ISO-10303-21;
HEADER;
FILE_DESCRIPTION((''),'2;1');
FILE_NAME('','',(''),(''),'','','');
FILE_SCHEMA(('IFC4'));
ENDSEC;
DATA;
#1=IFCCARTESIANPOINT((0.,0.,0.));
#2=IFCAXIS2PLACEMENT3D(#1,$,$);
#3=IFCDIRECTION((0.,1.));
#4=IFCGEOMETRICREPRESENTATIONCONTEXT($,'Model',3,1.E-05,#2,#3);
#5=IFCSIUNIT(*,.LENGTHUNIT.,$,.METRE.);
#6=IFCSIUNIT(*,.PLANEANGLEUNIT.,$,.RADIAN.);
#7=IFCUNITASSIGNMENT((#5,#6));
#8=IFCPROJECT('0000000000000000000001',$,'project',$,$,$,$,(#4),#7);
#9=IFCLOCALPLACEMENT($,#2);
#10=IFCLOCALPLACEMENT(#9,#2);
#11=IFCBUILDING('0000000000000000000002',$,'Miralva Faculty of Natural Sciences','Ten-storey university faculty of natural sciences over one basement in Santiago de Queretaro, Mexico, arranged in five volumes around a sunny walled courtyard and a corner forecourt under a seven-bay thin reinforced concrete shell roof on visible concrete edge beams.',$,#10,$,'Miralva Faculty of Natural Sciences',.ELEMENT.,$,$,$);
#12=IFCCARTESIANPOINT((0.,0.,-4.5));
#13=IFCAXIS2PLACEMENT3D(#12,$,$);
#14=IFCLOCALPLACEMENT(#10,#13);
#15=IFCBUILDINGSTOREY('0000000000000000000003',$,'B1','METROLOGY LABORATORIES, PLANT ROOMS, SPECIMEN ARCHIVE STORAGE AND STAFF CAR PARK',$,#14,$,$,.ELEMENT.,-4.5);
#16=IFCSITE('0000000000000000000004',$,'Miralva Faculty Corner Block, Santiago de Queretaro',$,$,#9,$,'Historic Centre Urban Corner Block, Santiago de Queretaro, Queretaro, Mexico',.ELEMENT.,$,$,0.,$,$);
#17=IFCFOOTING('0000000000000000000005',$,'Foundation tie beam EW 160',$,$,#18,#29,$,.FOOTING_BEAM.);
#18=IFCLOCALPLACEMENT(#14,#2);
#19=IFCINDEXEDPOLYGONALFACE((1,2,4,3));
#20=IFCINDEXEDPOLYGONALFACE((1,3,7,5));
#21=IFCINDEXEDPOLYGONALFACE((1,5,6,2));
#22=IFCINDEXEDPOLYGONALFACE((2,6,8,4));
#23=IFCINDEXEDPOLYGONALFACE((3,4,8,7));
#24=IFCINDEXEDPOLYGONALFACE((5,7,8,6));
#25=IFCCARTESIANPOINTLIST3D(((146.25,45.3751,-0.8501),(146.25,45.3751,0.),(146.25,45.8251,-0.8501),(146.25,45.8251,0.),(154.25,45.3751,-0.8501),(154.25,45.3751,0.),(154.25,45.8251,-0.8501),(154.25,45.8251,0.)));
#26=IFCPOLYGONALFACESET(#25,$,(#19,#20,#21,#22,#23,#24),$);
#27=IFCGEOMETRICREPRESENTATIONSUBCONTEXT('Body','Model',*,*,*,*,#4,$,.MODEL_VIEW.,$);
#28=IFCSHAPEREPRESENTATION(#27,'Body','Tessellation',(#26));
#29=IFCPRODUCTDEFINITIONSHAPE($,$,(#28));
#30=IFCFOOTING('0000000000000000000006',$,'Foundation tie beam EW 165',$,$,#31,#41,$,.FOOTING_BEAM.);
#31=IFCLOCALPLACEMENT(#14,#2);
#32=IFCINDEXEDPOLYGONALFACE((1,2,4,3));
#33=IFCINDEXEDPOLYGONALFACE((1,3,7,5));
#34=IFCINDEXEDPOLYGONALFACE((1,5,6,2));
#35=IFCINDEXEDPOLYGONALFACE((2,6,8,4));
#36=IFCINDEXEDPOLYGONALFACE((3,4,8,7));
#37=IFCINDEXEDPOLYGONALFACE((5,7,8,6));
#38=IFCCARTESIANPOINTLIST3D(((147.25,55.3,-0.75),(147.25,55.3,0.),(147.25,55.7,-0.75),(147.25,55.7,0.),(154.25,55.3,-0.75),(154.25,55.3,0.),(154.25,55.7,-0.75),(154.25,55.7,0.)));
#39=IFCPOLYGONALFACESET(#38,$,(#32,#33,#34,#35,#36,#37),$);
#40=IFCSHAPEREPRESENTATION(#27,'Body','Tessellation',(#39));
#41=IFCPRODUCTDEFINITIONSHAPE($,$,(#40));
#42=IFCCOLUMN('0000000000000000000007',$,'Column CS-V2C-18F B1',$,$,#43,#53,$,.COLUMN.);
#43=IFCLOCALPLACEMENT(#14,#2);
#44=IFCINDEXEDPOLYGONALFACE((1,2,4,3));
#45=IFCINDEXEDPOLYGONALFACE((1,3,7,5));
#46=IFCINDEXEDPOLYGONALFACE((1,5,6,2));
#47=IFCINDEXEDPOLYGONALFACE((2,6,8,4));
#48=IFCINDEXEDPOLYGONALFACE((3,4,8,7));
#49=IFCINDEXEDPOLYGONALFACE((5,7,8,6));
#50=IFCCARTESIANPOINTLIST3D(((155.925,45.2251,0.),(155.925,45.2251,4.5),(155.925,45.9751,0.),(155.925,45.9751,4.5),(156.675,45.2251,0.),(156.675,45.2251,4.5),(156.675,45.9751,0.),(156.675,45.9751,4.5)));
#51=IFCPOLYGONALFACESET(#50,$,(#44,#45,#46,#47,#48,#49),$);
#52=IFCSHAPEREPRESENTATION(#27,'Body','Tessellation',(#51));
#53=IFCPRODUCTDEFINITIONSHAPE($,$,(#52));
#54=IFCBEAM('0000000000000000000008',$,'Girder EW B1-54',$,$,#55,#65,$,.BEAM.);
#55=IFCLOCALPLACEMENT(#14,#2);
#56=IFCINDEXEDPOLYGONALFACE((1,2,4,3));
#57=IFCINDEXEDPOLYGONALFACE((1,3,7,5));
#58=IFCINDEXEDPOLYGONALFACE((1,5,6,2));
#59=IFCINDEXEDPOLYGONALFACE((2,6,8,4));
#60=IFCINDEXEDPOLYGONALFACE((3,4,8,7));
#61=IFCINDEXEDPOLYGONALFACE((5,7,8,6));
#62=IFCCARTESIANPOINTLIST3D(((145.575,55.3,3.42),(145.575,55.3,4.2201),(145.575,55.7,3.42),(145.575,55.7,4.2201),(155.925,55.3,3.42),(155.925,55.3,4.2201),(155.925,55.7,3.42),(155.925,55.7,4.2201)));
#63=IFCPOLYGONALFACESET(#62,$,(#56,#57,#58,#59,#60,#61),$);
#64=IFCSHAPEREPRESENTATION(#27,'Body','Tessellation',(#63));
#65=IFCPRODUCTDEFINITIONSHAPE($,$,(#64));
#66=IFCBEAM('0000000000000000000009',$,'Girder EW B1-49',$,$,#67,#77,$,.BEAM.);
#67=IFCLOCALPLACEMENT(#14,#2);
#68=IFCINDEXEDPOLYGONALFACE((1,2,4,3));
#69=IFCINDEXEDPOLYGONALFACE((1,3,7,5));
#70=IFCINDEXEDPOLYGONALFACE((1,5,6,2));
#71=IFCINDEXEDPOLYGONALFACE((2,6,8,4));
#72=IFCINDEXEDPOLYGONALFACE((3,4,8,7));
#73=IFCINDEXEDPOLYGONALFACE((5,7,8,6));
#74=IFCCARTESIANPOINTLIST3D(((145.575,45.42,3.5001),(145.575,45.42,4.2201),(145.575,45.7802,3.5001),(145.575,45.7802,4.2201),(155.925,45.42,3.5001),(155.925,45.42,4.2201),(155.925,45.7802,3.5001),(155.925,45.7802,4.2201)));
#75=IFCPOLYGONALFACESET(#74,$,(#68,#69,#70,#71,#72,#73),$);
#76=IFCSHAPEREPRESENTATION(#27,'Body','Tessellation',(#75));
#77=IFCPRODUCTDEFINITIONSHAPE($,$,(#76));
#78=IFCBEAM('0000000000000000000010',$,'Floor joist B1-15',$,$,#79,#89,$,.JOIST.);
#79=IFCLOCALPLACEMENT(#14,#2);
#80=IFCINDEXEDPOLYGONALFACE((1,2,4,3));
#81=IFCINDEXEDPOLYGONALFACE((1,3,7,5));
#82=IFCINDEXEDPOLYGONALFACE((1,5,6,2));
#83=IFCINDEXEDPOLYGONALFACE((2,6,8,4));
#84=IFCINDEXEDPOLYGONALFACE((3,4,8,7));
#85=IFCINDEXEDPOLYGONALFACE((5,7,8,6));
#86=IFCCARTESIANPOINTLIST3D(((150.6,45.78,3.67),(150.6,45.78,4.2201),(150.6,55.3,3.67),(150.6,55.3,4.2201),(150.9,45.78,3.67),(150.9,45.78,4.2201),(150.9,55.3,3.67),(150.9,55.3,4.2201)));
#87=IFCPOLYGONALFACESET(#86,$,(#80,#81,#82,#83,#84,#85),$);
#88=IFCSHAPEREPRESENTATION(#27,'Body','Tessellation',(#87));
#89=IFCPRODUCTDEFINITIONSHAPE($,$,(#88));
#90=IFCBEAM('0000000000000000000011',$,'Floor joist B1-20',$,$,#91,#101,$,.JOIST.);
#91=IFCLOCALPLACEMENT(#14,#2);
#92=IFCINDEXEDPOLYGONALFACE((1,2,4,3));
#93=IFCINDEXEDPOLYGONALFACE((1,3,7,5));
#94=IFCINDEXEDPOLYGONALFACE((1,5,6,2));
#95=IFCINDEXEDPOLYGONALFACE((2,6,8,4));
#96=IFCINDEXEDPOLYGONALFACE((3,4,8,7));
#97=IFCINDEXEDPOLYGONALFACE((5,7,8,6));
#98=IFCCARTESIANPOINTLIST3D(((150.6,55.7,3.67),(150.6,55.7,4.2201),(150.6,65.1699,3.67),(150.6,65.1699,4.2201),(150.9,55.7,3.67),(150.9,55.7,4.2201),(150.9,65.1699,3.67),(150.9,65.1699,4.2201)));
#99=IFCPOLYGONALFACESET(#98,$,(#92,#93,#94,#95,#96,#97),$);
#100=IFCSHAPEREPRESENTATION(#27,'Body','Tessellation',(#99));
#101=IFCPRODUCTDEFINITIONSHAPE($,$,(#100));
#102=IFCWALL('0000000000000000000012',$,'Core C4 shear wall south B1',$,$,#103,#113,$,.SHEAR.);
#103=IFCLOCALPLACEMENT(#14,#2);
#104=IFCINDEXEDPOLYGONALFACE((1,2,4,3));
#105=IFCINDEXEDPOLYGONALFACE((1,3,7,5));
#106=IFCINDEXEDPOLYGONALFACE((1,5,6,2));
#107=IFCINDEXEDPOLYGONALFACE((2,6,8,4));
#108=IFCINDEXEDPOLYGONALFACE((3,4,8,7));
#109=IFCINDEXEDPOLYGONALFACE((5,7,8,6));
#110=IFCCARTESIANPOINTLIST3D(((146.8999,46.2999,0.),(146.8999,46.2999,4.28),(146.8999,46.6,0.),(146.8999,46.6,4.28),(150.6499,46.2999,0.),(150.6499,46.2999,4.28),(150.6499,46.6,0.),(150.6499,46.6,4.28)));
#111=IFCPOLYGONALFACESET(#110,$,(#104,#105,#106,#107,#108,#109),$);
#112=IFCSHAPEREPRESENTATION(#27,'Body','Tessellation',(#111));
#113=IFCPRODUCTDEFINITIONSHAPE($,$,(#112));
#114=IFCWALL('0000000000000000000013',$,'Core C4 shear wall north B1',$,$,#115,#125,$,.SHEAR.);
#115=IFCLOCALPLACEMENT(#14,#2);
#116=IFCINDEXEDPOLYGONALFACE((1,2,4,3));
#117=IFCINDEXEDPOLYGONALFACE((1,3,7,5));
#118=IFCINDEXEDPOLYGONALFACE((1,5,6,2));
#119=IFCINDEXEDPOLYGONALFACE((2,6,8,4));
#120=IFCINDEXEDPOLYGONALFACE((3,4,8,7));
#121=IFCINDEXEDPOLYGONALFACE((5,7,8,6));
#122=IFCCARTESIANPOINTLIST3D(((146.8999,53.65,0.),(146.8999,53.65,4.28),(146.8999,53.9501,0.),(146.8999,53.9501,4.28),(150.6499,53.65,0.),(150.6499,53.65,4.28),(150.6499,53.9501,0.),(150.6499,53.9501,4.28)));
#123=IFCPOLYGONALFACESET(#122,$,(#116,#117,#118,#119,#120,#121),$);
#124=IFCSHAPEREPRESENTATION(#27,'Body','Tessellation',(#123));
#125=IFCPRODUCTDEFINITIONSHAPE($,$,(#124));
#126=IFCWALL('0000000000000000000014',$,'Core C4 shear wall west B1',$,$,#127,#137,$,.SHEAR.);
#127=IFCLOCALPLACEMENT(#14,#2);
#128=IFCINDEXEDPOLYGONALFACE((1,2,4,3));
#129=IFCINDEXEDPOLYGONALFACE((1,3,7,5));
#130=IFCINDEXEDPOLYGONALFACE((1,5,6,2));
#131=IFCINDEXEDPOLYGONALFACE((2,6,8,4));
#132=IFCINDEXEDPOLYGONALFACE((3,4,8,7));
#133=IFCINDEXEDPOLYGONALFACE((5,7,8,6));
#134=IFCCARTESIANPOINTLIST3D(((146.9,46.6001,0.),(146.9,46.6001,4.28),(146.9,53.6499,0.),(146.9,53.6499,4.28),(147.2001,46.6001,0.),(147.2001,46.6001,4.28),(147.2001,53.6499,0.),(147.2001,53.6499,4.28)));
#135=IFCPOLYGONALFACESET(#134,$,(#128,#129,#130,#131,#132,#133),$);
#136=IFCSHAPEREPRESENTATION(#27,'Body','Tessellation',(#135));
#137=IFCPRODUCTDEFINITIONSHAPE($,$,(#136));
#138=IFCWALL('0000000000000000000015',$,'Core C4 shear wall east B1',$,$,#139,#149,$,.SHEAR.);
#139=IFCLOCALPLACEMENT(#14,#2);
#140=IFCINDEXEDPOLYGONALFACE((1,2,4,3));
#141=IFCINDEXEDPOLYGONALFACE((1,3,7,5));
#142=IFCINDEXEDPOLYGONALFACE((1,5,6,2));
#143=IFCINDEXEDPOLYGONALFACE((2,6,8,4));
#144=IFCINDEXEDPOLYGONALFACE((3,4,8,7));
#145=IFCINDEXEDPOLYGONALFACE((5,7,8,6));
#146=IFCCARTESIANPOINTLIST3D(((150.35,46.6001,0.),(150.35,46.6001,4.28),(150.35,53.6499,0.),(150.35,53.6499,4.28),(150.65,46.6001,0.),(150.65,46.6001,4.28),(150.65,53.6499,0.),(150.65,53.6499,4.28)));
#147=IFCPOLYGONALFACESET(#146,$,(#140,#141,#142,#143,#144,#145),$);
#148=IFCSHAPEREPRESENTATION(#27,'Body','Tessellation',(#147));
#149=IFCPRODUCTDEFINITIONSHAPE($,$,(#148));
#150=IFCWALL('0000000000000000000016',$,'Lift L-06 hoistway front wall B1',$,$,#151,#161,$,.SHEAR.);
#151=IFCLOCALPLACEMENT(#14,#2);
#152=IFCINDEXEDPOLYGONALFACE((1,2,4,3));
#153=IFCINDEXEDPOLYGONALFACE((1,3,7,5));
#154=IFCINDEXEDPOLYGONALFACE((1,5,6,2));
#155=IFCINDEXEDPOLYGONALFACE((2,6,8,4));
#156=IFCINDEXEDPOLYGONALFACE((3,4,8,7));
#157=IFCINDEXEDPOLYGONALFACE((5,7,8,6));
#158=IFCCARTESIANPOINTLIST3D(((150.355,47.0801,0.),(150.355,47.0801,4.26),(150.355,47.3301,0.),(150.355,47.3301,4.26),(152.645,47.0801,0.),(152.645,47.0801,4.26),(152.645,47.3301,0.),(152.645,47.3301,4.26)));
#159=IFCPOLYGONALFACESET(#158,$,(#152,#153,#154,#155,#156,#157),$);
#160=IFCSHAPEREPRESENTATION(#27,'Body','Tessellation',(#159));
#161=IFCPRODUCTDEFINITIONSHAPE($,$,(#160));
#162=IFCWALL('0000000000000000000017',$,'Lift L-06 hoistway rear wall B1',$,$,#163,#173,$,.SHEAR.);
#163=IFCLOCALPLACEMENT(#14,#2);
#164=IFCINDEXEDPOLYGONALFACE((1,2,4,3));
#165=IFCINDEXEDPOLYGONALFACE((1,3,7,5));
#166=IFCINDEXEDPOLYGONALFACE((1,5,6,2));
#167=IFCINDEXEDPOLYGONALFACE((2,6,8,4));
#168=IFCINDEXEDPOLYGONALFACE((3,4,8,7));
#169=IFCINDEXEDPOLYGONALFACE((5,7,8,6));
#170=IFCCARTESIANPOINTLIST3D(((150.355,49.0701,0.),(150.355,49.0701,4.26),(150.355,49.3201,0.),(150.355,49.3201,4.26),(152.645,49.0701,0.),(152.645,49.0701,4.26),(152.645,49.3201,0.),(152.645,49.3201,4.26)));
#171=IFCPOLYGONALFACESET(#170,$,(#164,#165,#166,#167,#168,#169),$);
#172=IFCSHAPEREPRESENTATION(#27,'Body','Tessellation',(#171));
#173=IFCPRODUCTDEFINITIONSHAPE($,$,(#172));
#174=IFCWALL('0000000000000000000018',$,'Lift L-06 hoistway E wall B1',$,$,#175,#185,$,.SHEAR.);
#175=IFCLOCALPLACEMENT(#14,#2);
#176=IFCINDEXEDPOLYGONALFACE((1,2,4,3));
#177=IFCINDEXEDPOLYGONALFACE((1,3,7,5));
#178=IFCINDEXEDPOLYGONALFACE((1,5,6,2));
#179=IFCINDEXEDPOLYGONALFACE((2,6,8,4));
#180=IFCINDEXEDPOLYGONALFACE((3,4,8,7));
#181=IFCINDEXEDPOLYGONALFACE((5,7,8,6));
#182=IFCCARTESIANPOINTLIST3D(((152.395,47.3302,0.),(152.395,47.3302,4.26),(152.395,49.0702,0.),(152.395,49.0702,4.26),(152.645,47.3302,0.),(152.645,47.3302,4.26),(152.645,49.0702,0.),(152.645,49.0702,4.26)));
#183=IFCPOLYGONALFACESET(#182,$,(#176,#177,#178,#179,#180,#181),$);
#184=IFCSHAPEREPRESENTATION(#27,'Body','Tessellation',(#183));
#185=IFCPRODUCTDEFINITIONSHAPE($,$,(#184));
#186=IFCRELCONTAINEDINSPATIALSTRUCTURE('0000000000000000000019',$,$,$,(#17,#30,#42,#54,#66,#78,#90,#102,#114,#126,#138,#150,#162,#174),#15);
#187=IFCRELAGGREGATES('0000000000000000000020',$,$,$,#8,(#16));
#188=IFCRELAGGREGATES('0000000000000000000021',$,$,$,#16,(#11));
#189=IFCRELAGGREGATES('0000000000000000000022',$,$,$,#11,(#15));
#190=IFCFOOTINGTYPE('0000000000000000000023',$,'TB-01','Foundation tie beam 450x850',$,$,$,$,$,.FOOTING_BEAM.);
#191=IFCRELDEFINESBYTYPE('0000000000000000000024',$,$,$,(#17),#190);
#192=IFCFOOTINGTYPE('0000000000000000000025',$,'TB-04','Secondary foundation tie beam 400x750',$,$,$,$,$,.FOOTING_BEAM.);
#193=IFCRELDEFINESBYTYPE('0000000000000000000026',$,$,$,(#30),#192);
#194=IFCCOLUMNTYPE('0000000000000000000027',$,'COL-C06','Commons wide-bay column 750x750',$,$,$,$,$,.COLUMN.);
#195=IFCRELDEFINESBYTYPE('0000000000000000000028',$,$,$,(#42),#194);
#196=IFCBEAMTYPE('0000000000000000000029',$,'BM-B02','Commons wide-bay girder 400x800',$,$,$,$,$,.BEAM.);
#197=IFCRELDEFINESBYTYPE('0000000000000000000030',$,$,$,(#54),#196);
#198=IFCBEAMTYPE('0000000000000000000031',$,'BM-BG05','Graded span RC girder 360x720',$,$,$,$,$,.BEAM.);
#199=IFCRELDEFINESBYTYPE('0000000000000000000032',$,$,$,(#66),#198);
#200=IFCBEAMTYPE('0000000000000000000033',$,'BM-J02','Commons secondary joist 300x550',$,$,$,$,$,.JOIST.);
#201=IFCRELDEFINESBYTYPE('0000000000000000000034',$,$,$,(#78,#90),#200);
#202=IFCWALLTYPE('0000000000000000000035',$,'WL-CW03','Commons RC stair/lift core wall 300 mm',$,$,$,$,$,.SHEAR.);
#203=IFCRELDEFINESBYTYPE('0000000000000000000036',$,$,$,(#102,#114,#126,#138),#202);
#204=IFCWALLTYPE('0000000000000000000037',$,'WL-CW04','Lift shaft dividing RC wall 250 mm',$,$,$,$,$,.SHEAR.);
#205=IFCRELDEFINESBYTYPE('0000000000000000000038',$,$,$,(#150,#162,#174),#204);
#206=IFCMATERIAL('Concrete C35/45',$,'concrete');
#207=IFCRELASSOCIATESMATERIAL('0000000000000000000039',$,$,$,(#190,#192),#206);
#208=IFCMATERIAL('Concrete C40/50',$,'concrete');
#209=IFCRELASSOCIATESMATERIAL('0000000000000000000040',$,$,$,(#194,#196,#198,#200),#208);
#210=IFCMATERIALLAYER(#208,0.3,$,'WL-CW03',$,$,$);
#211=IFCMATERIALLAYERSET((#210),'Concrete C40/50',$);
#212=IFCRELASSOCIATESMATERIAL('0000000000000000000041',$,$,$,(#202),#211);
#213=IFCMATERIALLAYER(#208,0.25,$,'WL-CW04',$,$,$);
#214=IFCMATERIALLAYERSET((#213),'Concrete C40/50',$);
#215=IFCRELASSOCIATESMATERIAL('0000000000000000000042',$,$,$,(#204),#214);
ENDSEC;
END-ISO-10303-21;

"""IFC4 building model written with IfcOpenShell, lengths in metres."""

from ifc_helpers import new_model, si_unit, direction, frame, frame_2d, origin, origin_2d, place, context, subcontext, project, spatial, rectangle, extrude, material, layer, layer_set, material_profile, profile_set, type_object, element, save


model = new_model("IFC4")

# Units and contexts
model_context = context("Model", 3, precision=1e-05, world=origin(), true_north=direction((0.0, 1.0)))
body_context = subcontext(model_context, "Body", "Model", "MODEL_VIEW")
ifc_project = project(units=[si_unit("LENGTHUNIT", "METRE"), si_unit("PLANEANGLEUNIT", "RADIAN")], contexts=[model_context])

# Site, building, storey
site_placement = place(None, origin())
site = spatial("IfcSite", under=ifc_project, at=site_placement, Name="Miralva Faculty Corner Block, Santiago de Queretaro", LongName="Historic Centre Urban Corner Block, Santiago de Queretaro, Queretaro, Mexico", CompositionType="ELEMENT", RefElevation=0.0)
building_placement = place(site_placement, origin())
building = spatial("IfcBuilding", under=site, at=building_placement, Name="Miralva Faculty of Natural Sciences", Description="Ten-storey university faculty of natural sciences over one basement in Santiago de Queretaro, Mexico, arranged in five volumes around a sunny walled courtyard and a corner forecourt under a seven-bay thin reinforced concrete shell roof on visible concrete edge beams.", LongName="Miralva Faculty of Natural Sciences", CompositionType="ELEMENT")
storey_placement = place(building_placement, frame((0.0, 0.0, -4.5)))
storey = spatial("IfcBuildingStorey", under=building, at=storey_placement, Name="B1", Description="METROLOGY LABORATORIES, PLANT ROOMS, SPECIMEN ARCHIVE STORAGE AND STAFF CAR PARK", CompositionType="ELEMENT", Elevation=-4.5)

# Shared definitions
ifc_material_1 = material(Name="Concrete C35/45", Category="concrete")
ifc_material_2 = material(Name="Concrete C40/50", Category="concrete")

# Footings
ifc_material_profile_1 = material_profile(ifc_material_1, rectangle(XDim=0.45, YDim=0.8501, at=origin_2d()), Name="RC 450x850")
ifc_profile_set_1 = profile_set([ifc_material_profile_1], Name="Concrete C35/45")
footing_type_1 = type_object("IfcFootingType", Name="TB-01", Description="Foundation tie beam 450x850", PredefinedType="FOOTING_BEAM", material=ifc_profile_set_1)
footing_1_placement = place(storey_placement, frame((146.25, 45.6001, -0.425), z_axis=(1.0, 0.0, 0.0), x_axis=(0.0, 1.0, 0.0)))
element("IfcFooting", 1, at=footing_1_placement, inside=storey, type_object=footing_type_1, Name="Foundation tie beam EW 160", PredefinedType="FOOTING_BEAM", context=body_context, shape_type="SweptSolid", body=[
    extrude(rectangle(XDim=0.45, YDim=0.8501, at=origin_2d()), origin(), (0.0, 0.0, 1.0), 8.0),
])
ifc_material_profile_2 = material_profile(ifc_material_1, rectangle(XDim=0.3999, YDim=0.75, at=origin_2d()), Name="RC 400x750")
ifc_profile_set_2 = profile_set([ifc_material_profile_2], Name="Concrete C35/45")
footing_type_2 = type_object("IfcFootingType", Name="TB-04", Description="Secondary foundation tie beam 400x750", PredefinedType="FOOTING_BEAM", material=ifc_profile_set_2)
footing_2_placement = place(storey_placement, frame((147.25, 55.5, -0.375), z_axis=(1.0, 0.0, 0.0), x_axis=(0.0, 1.0, 0.0)))
element("IfcFooting", 2, at=footing_2_placement, inside=storey, type_object=footing_type_2, Name="Foundation tie beam EW 165", PredefinedType="FOOTING_BEAM", context=body_context, shape_type="SweptSolid", body=[
    extrude(rectangle(XDim=0.3999, YDim=0.75, at=origin_2d()), origin(), (0.0, 0.0, 1.0), 7.0),
])

# Column
ifc_material_profile_3 = material_profile(ifc_material_2, rectangle(XDim=0.75, YDim=0.75, at=origin_2d()), Name="RC 750x750")
ifc_profile_set_3 = profile_set([ifc_material_profile_3], Name="Concrete C40/50")
column_type = type_object("IfcColumnType", Name="COL-C06", Description="Commons wide-bay column 750x750", PredefinedType="COLUMN", material=ifc_profile_set_3)
column_placement = place(storey_placement, frame((156.3, 45.6001, 0.0), z_axis=(0.0, 0.0, 1.0), x_axis=(1.0, 0.0, 0.0)))
element("IfcColumn", 3, at=column_placement, inside=storey, type_object=column_type, Name="Column CS-V2C-18F B1", PredefinedType="COLUMN", context=body_context, shape_type="SweptSolid", body=[
    extrude(rectangle(XDim=0.75, YDim=0.75, at=origin_2d()), origin(), (0.0, 0.0, 1.0), 4.5),
])

# Beams
ifc_material_profile_4 = material_profile(ifc_material_2, rectangle(XDim=0.3999, YDim=0.8, at=origin_2d()), Name="RC 400x800")
ifc_profile_set_4 = profile_set([ifc_material_profile_4], Name="Concrete C40/50")
beam_type_1 = type_object("IfcBeamType", Name="BM-B02", Description="Commons wide-bay girder 400x800", PredefinedType="BEAM", material=ifc_profile_set_4)
beam_1_placement = place(storey_placement, frame((145.575, 55.5, 3.8201), z_axis=(1.0, 0.0, 0.0), x_axis=(0.0, 1.0, 0.0)))
element("IfcBeam", 4, at=beam_1_placement, inside=storey, type_object=beam_type_1, Name="Girder EW B1-54", PredefinedType="BEAM", context=body_context, shape_type="SweptSolid", body=[
    extrude(rectangle(XDim=0.3999, YDim=0.8, at=origin_2d()), origin(), (0.0, 0.0, 1.0), 10.3501),
])
ifc_material_profile_5 = material_profile(ifc_material_2, rectangle(XDim=0.3601, YDim=0.72, at=origin_2d()), Name="RC 360x720")
ifc_profile_set_5 = profile_set([ifc_material_profile_5], Name="Concrete C40/50")
beam_type_2 = type_object("IfcBeamType", Name="BM-BG05", Description="Graded span RC girder 360x720", PredefinedType="BEAM", material=ifc_profile_set_5)
beam_2_placement = place(storey_placement, frame((145.575, 45.6001, 3.8601), z_axis=(1.0, 0.0, 0.0), x_axis=(0.0, 1.0, 0.0)))
element("IfcBeam", 5, at=beam_2_placement, inside=storey, type_object=beam_type_2, Name="Girder EW B1-49", PredefinedType="BEAM", context=body_context, shape_type="SweptSolid", body=[
    extrude(rectangle(XDim=0.3601, YDim=0.72, at=origin_2d()), origin(), (0.0, 0.0, 1.0), 10.3501),
])
ifc_material_profile_6 = material_profile(ifc_material_2, rectangle(XDim=0.3, YDim=0.55, at=origin_2d()), Name="RC 300x550")
ifc_profile_set_6 = profile_set([ifc_material_profile_6], Name="Concrete C40/50")
beam_type_3 = type_object("IfcBeamType", Name="BM-J02", Description="Commons secondary joist 300x550", PredefinedType="JOIST", material=ifc_profile_set_6)
beam_3_placement = place(storey_placement, frame((150.75, 45.78, 3.9451), z_axis=(0.0, 1.0, 0.0), x_axis=(-1.0, 0.0, 0.0)))
element("IfcBeam", 6, at=beam_3_placement, inside=storey, type_object=beam_type_3, Name="Floor joist B1-15", PredefinedType="JOIST", context=body_context, shape_type="SweptSolid", body=[
    extrude(rectangle(XDim=0.3, YDim=0.55, at=origin_2d()), origin(), (0.0, 0.0, 1.0), 9.52),
])
beam_4_placement = place(storey_placement, frame((150.75, 55.7, 3.9451), z_axis=(0.0, 1.0, 0.0), x_axis=(-1.0, 0.0, 0.0)))
element("IfcBeam", 7, at=beam_4_placement, inside=storey, type_object=beam_type_3, Name="Floor joist B1-20", PredefinedType="JOIST", context=body_context, shape_type="SweptSolid", body=[
    extrude(rectangle(XDim=0.3, YDim=0.55, at=origin_2d()), origin(), (0.0, 0.0, 1.0), 9.47),
])

# Walls
ifc_layer_1 = layer(ifc_material_2, 0.3, Name="WL-CW03")
ifc_layer_set_1 = layer_set([ifc_layer_1], Name="Concrete C40/50")
wall_type_1 = type_object("IfcWallType", Name="WL-CW03", Description="Commons RC stair/lift core wall 300 mm", PredefinedType="SHEAR", material=ifc_layer_set_1)
for number, where, z_axis, x_axis, name in (
    (8, (146.8999, 46.45, 0.0), (0.0, 0.0, 1.0), (1.0, 0.0, 0.0), "Core C4 shear wall south B1"),
    (9, (146.8999, 53.8, 0.0), (0.0, 0.0, 1.0), (1.0, 0.0, 0.0), "Core C4 shear wall north B1"),
):
    element("IfcWall", number, at=place(storey_placement, frame(where, z_axis=z_axis, x_axis=x_axis)), inside=storey, type_object=wall_type_1, Name=name, PredefinedType="SHEAR", context=body_context, shape_type="SweptSolid", body=[
        extrude(rectangle(XDim=3.75, YDim=0.3, at=frame_2d((1.875, 0.0))), origin(), (0.0, 0.0, 1.0), 4.28),
    ])
for number, where, z_axis, x_axis, name in (
    (10, (147.05, 46.6001, 0.0), (0.0, 0.0, 1.0), (0.0, 1.0, 0.0), "Core C4 shear wall west B1"),
    (11, (150.5, 46.6001, 0.0), (0.0, 0.0, 1.0), (0.0, 1.0, 0.0), "Core C4 shear wall east B1"),
):
    element("IfcWall", number, at=place(storey_placement, frame(where, z_axis=z_axis, x_axis=x_axis)), inside=storey, type_object=wall_type_1, Name=name, PredefinedType="SHEAR", context=body_context, shape_type="SweptSolid", body=[
        extrude(rectangle(XDim=7.0498, YDim=0.3, at=frame_2d((3.5249, 0.0))), origin(), (0.0, 0.0, 1.0), 4.28),
    ])
ifc_layer_2 = layer(ifc_material_2, 0.25, Name="WL-CW04")
ifc_layer_set_2 = layer_set([ifc_layer_2], Name="Concrete C40/50")
wall_type_2 = type_object("IfcWallType", Name="WL-CW04", Description="Lift shaft dividing RC wall 250 mm", PredefinedType="SHEAR", material=ifc_layer_set_2)
for number, where, z_axis, x_axis, name in (
    (12, (150.355, 47.2051, 0.0), (0.0, 0.0, 1.0), (1.0, 0.0, 0.0), "Lift L-06 hoistway front wall B1"),
    (13, (150.355, 49.1951, 0.0), (0.0, 0.0, 1.0), (1.0, 0.0, 0.0), "Lift L-06 hoistway rear wall B1"),
):
    element("IfcWall", number, at=place(storey_placement, frame(where, z_axis=z_axis, x_axis=x_axis)), inside=storey, type_object=wall_type_2, Name=name, PredefinedType="SHEAR", context=body_context, shape_type="SweptSolid", body=[
        extrude(rectangle(XDim=2.29, YDim=0.25, at=frame_2d((1.145, 0.0))), origin(), (0.0, 0.0, 1.0), 4.26),
    ])
wall_placement = place(storey_placement, frame((152.52, 47.3301, 0.0), z_axis=(0.0, 0.0, 1.0), x_axis=(0.0, 1.0, 0.0)))
element("IfcWall", 14, at=wall_placement, inside=storey, type_object=wall_type_2, Name="Lift L-06 hoistway E wall B1", PredefinedType="SHEAR", context=body_context, shape_type="SweptSolid", body=[
    extrude(rectangle(XDim=1.74, YDim=0.25, at=frame_2d((0.8701, 0.0))), origin(), (0.0, 0.0, 1.0), 4.26),
])

save(model, "model.ifc")
